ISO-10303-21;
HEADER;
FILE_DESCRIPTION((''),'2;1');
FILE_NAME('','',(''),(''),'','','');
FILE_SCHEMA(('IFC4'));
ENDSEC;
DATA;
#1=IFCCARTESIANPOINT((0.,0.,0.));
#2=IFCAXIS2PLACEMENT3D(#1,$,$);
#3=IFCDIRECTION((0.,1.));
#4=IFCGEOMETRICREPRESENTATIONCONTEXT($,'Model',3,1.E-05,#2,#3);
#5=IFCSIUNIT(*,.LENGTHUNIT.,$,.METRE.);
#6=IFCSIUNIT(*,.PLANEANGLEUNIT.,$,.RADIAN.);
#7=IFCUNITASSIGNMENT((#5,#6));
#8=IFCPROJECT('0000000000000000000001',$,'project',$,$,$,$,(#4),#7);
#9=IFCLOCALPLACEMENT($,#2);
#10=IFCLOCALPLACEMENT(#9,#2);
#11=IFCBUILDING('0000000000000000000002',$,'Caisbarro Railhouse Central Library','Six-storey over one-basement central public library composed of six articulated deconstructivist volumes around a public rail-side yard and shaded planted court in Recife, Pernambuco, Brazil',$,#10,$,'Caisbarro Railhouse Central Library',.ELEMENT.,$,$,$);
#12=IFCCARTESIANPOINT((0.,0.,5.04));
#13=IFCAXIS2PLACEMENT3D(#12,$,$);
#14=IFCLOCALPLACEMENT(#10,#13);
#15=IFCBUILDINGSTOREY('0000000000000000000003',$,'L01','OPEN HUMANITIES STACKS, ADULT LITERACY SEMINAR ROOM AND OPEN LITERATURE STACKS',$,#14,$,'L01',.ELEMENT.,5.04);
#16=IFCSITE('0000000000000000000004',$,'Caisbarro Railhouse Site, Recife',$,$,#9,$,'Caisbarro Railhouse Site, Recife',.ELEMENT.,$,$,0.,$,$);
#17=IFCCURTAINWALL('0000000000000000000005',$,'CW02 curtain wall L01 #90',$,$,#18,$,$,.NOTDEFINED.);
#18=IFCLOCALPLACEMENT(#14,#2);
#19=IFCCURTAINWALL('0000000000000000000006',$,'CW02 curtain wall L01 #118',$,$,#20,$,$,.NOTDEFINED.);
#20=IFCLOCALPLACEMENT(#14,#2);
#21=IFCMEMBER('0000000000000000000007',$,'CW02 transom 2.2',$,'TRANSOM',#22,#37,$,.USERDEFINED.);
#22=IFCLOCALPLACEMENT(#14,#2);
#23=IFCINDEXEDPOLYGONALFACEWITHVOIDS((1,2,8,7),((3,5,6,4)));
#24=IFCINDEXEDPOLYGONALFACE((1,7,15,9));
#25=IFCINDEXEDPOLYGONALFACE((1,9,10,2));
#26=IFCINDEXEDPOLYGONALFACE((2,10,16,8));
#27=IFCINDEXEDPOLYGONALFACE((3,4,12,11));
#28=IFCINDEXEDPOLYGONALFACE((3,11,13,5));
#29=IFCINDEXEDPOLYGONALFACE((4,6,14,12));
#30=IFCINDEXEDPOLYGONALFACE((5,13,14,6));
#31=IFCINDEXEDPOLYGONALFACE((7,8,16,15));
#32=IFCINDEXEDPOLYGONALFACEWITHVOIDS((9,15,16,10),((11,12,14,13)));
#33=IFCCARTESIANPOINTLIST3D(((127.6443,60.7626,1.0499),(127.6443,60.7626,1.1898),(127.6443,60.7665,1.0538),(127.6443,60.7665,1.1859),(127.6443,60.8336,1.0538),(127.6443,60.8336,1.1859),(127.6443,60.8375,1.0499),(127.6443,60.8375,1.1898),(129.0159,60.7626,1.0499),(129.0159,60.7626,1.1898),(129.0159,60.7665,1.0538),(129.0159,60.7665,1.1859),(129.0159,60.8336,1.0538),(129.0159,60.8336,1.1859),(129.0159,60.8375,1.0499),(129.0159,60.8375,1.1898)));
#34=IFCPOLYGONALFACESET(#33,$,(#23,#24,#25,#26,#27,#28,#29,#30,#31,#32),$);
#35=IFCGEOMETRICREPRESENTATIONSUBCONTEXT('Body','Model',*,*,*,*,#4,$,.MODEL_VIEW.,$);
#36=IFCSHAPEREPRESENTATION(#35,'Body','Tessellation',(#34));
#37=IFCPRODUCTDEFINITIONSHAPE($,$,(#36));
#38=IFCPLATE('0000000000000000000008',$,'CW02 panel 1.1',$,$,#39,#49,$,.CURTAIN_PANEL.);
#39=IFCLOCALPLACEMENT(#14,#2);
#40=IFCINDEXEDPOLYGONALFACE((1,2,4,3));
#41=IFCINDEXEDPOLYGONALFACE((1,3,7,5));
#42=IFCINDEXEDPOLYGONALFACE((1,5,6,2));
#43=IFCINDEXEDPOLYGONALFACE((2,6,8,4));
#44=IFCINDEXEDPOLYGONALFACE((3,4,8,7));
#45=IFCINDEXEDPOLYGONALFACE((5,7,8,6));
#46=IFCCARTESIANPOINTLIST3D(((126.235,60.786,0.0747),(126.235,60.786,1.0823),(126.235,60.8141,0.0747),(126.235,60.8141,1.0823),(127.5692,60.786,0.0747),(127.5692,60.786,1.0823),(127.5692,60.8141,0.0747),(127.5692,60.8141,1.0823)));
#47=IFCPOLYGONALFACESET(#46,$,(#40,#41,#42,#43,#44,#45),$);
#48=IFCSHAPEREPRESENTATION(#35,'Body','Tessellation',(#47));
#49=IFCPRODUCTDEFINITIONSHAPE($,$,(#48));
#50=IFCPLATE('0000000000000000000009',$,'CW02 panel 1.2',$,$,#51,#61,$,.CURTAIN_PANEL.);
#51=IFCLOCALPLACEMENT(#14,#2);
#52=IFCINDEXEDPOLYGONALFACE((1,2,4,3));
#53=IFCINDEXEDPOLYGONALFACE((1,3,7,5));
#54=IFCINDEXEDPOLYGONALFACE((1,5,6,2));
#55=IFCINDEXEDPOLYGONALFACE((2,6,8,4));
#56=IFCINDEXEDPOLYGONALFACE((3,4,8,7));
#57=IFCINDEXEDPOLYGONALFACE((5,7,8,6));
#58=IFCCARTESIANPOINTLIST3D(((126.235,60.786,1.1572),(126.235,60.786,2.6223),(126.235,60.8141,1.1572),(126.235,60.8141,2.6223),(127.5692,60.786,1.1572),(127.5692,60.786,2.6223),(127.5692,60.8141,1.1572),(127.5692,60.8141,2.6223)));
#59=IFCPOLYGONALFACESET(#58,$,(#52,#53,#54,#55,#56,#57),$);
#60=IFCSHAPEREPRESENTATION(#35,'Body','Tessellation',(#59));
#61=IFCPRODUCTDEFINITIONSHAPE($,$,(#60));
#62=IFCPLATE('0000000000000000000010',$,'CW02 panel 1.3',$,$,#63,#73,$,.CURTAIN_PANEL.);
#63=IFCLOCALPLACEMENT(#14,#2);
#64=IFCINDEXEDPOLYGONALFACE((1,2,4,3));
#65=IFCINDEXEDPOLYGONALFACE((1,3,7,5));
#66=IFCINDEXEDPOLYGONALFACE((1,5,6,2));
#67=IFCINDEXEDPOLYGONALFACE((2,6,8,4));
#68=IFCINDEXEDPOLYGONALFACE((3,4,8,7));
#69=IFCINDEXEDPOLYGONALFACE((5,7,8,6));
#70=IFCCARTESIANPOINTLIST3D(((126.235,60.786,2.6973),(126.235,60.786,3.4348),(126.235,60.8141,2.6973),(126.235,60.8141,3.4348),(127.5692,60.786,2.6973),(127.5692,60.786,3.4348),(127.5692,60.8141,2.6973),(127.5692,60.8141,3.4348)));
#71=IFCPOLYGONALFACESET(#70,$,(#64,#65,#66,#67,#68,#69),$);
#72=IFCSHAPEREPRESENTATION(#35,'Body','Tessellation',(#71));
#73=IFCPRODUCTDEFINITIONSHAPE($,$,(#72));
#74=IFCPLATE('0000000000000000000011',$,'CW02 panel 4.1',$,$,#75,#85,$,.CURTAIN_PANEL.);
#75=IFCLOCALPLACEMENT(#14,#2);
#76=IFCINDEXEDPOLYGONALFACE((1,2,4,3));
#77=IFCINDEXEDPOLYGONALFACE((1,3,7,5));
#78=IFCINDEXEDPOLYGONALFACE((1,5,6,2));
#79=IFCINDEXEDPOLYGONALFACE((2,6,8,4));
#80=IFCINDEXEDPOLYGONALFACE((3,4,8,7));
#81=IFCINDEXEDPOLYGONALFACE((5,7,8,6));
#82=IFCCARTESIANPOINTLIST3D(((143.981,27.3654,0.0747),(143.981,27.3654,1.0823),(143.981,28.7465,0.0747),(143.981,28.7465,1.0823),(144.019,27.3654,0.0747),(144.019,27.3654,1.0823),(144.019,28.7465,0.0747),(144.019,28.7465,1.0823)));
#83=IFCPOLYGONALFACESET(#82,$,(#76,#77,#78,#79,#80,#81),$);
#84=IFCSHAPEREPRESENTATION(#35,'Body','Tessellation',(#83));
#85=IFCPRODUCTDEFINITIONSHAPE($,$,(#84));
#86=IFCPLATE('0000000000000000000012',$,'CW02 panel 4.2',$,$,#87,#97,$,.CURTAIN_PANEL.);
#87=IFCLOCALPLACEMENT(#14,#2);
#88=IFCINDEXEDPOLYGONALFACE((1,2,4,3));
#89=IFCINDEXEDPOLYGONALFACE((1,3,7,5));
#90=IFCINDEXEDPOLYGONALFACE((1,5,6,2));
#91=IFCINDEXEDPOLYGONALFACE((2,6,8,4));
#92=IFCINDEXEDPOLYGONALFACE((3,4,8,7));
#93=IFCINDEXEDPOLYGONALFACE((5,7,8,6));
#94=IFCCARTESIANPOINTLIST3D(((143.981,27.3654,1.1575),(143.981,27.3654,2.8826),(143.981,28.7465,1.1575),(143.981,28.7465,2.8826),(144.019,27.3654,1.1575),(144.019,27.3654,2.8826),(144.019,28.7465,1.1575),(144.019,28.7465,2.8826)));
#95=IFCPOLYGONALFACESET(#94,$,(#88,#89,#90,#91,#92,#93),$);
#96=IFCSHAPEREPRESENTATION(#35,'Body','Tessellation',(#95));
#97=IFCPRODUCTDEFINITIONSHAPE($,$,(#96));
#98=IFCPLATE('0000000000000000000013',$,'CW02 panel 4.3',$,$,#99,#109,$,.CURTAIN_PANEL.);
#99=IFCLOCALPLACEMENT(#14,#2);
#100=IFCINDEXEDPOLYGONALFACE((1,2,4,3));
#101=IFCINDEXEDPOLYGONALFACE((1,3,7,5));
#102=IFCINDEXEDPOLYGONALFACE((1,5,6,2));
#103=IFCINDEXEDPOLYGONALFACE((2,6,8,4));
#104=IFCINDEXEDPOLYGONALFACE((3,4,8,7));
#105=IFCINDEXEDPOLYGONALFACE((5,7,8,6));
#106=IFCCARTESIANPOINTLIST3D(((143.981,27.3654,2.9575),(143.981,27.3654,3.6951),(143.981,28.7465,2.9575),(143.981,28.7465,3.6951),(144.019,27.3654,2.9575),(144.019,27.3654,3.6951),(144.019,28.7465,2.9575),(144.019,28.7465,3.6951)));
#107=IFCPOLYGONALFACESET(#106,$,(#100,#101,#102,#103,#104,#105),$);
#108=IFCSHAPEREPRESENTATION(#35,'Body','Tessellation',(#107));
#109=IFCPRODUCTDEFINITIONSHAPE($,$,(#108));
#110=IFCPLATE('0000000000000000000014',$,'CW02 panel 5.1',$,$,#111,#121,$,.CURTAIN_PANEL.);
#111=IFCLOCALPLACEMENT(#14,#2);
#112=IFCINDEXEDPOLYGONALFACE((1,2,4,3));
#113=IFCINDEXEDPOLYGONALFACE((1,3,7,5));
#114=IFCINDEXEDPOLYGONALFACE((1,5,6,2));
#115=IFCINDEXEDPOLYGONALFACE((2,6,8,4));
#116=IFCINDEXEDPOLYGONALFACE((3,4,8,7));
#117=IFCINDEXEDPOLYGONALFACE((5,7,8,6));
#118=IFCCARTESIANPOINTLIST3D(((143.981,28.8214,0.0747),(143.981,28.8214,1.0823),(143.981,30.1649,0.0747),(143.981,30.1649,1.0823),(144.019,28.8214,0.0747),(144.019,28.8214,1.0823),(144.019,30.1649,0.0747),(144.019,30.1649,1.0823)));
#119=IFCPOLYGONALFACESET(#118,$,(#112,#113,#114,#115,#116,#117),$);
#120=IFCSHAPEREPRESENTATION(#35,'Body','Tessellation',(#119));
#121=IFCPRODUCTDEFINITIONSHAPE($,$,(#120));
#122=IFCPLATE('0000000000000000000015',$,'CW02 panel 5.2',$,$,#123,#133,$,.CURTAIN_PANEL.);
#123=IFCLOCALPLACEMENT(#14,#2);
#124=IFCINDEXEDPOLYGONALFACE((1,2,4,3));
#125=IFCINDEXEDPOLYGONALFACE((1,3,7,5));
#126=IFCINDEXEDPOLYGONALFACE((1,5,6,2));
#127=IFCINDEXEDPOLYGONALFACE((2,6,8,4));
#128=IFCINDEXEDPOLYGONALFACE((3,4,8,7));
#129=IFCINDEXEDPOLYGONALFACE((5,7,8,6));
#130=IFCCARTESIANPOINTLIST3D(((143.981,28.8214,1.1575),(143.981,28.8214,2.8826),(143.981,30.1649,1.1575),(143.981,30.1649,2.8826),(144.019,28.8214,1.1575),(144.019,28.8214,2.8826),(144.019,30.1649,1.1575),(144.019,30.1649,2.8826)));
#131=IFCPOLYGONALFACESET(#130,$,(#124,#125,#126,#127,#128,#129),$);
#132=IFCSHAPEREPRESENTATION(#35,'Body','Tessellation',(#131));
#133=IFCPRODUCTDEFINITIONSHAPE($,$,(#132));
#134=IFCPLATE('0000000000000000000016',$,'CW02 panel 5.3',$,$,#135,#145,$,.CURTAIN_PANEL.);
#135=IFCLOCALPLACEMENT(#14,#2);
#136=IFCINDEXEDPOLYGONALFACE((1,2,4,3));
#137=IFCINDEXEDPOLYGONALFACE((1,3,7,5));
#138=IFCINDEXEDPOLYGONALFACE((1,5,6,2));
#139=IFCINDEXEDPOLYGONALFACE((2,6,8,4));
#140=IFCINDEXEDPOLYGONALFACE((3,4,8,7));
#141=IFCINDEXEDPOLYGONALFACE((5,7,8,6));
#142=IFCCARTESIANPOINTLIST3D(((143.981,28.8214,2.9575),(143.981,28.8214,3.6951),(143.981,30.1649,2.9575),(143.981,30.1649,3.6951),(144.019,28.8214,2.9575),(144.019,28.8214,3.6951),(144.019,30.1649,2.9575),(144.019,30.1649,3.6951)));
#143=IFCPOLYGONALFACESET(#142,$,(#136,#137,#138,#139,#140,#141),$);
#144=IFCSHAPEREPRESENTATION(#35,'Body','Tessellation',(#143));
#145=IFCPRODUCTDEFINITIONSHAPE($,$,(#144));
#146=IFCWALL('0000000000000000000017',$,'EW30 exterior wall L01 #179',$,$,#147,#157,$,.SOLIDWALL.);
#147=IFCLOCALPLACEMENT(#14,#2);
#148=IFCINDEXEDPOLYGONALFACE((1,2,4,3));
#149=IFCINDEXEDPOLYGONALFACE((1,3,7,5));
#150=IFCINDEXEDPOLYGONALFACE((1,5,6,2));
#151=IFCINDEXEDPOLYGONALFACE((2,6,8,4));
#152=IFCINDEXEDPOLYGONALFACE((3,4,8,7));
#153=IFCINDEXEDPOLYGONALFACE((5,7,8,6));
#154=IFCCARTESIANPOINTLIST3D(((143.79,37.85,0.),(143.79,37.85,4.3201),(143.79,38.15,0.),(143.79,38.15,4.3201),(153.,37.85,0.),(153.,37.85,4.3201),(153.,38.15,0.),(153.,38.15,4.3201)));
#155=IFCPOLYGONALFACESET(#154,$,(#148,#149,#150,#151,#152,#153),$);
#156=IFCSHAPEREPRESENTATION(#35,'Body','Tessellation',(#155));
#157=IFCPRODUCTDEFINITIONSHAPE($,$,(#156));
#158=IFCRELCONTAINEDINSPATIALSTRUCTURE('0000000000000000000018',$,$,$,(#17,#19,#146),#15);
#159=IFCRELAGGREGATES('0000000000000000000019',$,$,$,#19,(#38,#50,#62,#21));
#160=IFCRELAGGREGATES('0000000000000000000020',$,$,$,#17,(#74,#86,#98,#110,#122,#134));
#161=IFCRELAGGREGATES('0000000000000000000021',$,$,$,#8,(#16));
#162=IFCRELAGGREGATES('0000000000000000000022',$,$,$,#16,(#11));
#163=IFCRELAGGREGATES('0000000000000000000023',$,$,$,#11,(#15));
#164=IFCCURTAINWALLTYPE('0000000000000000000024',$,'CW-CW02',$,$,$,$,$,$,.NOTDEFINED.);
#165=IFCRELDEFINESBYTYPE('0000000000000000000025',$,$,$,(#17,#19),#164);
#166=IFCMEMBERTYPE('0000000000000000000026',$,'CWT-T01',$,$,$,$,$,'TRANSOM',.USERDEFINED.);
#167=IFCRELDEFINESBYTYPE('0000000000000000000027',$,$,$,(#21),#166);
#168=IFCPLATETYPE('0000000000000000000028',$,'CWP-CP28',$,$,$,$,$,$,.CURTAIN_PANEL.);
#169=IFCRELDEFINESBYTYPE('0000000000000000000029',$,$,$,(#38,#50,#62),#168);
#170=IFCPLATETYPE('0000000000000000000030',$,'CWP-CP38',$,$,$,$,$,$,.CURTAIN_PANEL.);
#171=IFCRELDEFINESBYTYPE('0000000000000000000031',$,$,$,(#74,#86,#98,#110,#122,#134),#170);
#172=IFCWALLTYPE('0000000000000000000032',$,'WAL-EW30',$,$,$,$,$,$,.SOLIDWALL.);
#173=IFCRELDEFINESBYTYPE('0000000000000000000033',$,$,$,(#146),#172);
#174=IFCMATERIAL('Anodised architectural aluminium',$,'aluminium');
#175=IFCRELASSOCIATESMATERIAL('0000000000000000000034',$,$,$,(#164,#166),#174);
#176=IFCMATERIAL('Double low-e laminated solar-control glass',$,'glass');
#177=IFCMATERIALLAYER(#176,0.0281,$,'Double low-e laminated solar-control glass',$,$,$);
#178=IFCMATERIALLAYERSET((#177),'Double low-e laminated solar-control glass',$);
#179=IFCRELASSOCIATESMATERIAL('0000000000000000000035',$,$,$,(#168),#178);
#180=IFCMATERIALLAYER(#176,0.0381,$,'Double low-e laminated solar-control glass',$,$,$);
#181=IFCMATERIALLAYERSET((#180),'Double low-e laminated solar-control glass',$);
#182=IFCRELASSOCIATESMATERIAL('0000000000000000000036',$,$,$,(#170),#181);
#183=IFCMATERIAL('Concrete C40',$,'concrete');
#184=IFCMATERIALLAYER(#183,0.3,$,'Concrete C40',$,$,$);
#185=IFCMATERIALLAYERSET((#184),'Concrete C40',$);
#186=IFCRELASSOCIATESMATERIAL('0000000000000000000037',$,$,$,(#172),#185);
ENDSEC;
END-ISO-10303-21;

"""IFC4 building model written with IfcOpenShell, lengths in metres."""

from ifc_helpers import new_model, si_unit, direction, frame, frame_2d, origin, origin_2d, place, context, subcontext, project, spatial, rectangle, hollow_rectangle, extrude, material, layer, layer_set, material_profile, profile_set, type_object, element, aggregate, save


model = new_model("IFC4")

# Units and contexts
model_context = context("Model", 3, precision=1e-05, world=origin(), true_north=direction((0.0, 1.0)))
body_context = subcontext(model_context, "Body", "Model", "MODEL_VIEW")
ifc_project = project(units=[si_unit("LENGTHUNIT", "METRE"), si_unit("PLANEANGLEUNIT", "RADIAN")], contexts=[model_context])

# Site, building, storey
site_placement = place(None, origin())
site = spatial("IfcSite", under=ifc_project, at=site_placement, Name="Caisbarro Railhouse Site, Recife", LongName="Caisbarro Railhouse Site, Recife", CompositionType="ELEMENT", RefElevation=0.0)
building_placement = place(site_placement, origin())
building = spatial("IfcBuilding", under=site, at=building_placement, Name="Caisbarro Railhouse Central Library", Description="Six-storey over one-basement central public library composed of six articulated deconstructivist volumes around a public rail-side yard and shaded planted court in Recife, Pernambuco, Brazil", LongName="Caisbarro Railhouse Central Library", CompositionType="ELEMENT")
storey_placement = place(building_placement, frame((0.0, 0.0, 5.04)))
storey = spatial("IfcBuildingStorey", under=building, at=storey_placement, Name="L01", Description="OPEN HUMANITIES STACKS, ADULT LITERACY SEMINAR ROOM AND OPEN LITERATURE STACKS", LongName="L01", CompositionType="ELEMENT", Elevation=5.04)

# Curtain wall
ifc_material_1 = material(Name="Anodised architectural aluminium", Category="aluminium")
curtain_wall_type = type_object("IfcCurtainWallType", Name="CW-CW02", PredefinedType="NOTDEFINED", material=ifc_material_1)
curtain_wall_1_placement = place(storey_placement, origin())
curtain_wall_1 = element("IfcCurtainWall", 1, at=curtain_wall_1_placement, inside=storey, type_object=curtain_wall_type, Name="CW02 curtain wall L01 #90", PredefinedType="NOTDEFINED")

# Curtain wall
curtain_wall_2_placement = place(storey_placement, origin())
curtain_wall_2 = element("IfcCurtainWall", 2, at=curtain_wall_2_placement, inside=storey, type_object=curtain_wall_type, Name="CW02 curtain wall L01 #118", PredefinedType="NOTDEFINED")

# Member
ifc_material_profile_1 = material_profile(ifc_material_1, hollow_rectangle(XDim=0.075, YDim=0.1399, WallThickness=0.0039, at=origin_2d()), Name="ALU-TRN-75X140")
ifc_profile_set_1 = profile_set([ifc_material_profile_1], Name="Anodised architectural aluminium")
member_type_1 = type_object("IfcMemberType", Name="CWT-T01", ElementType="TRANSOM", PredefinedType="USERDEFINED", material=ifc_profile_set_1)
member_1_placement = place(storey_placement, frame((127.6443, 60.8, 1.1199), z_axis=(1.0, 0.0, 0.0), x_axis=(0.0, 1.0, 0.0)))
member_1 = element("IfcMember", 3, at=member_1_placement, type_object=member_type_1, Name="CW02 transom 2.2", ObjectType="TRANSOM", PredefinedType="USERDEFINED", context=body_context, shape_type="SweptSolid", body=[
    extrude(hollow_rectangle(XDim=0.075, YDim=0.1399, WallThickness=0.0039, at=origin_2d()), origin(), (0.0, 0.0, 1.0), 1.3716),
])

# Plates
ifc_material_2 = material(Name="Double low-e laminated solar-control glass", Category="glass")
ifc_layer_1 = layer(ifc_material_2, 0.0281, Name="Double low-e laminated solar-control glass")
ifc_layer_set_1 = layer_set([ifc_layer_1], Name="Double low-e laminated solar-control glass")
plate_type_1 = type_object("IfcPlateType", Name="CWP-CP28", PredefinedType="CURTAIN_PANEL", material=ifc_layer_set_1)
plate_1_placement = place(storey_placement, frame((126.9021, 60.8, 0.0747), z_axis=(0.0, 0.0, 1.0), x_axis=(1.0, 0.0, 0.0)))
plate_1 = element("IfcPlate", 4, at=plate_1_placement, type_object=plate_type_1, Name="CW02 panel 1.1", PredefinedType="CURTAIN_PANEL", context=body_context, shape_type="SweptSolid", body=[
    extrude(rectangle(XDim=1.3342, YDim=0.0281, at=origin_2d()), origin(), (0.0, 0.0, 1.0), 1.0076),
])
plate_2_placement = place(storey_placement, frame((126.9021, 60.8, 1.1572), z_axis=(0.0, 0.0, 1.0), x_axis=(1.0, 0.0, 0.0)))
plate_2 = element("IfcPlate", 5, at=plate_2_placement, type_object=plate_type_1, Name="CW02 panel 1.2", PredefinedType="CURTAIN_PANEL", context=body_context, shape_type="SweptSolid", body=[
    extrude(rectangle(XDim=1.3342, YDim=0.0281, at=origin_2d()), origin(), (0.0, 0.0, 1.0), 1.4651),
])
plate_3_placement = place(storey_placement, frame((126.9021, 60.8, 2.6973), z_axis=(0.0, 0.0, 1.0), x_axis=(1.0, 0.0, 0.0)))
plate_3 = element("IfcPlate", 6, at=plate_3_placement, type_object=plate_type_1, Name="CW02 panel 1.3", PredefinedType="CURTAIN_PANEL", context=body_context, shape_type="SweptSolid", body=[
    extrude(rectangle(XDim=1.3342, YDim=0.0281, at=origin_2d()), origin(), (0.0, 0.0, 1.0), 0.7375),
])
aggregate(curtain_wall_2, [plate_1, plate_2, plate_3, member_1])
ifc_layer_2 = layer(ifc_material_2, 0.0381, Name="Double low-e laminated solar-control glass")
ifc_layer_set_2 = layer_set([ifc_layer_2], Name="Double low-e laminated solar-control glass")
plate_type_2 = type_object("IfcPlateType", Name="CWP-CP38", PredefinedType="CURTAIN_PANEL", material=ifc_layer_set_2)
plate_4_placement = place(storey_placement, frame((144.0, 28.0559, 0.0747), z_axis=(0.0, 0.0, 1.0), x_axis=(0.0, 1.0, 0.0)))
plate_4 = element("IfcPlate", 7, at=plate_4_placement, type_object=plate_type_2, Name="CW02 panel 4.1", PredefinedType="CURTAIN_PANEL", context=body_context, shape_type="SweptSolid", body=[
    extrude(rectangle(XDim=1.3811, YDim=0.0381, at=origin_2d()), origin(), (0.0, 0.0, 1.0), 1.0076),
])
plate_5_placement = place(storey_placement, frame((144.0, 28.0559, 1.1575), z_axis=(0.0, 0.0, 1.0), x_axis=(0.0, 1.0, 0.0)))
plate_5 = element("IfcPlate", 8, at=plate_5_placement, type_object=plate_type_2, Name="CW02 panel 4.2", PredefinedType="CURTAIN_PANEL", context=body_context, shape_type="SweptSolid", body=[
    extrude(rectangle(XDim=1.3811, YDim=0.0381, at=origin_2d()), origin(), (0.0, 0.0, 1.0), 1.7251),
])
plate_6_placement = place(storey_placement, frame((144.0, 28.0559, 2.9575), z_axis=(0.0, 0.0, 1.0), x_axis=(0.0, 1.0, 0.0)))
plate_6 = element("IfcPlate", 9, at=plate_6_placement, type_object=plate_type_2, Name="CW02 panel 4.3", PredefinedType="CURTAIN_PANEL", context=body_context, shape_type="SweptSolid", body=[
    extrude(rectangle(XDim=1.3811, YDim=0.0381, at=origin_2d()), origin(), (0.0, 0.0, 1.0), 0.7375),
])
plate_7_placement = place(storey_placement, frame((144.0, 29.4932, 0.0747), z_axis=(0.0, 0.0, 1.0), x_axis=(0.0, 1.0, 0.0)))
plate_7 = element("IfcPlate", 10, at=plate_7_placement, type_object=plate_type_2, Name="CW02 panel 5.1", PredefinedType="CURTAIN_PANEL", context=body_context, shape_type="SweptSolid", body=[
    extrude(rectangle(XDim=1.3435, YDim=0.0381, at=origin_2d()), origin(), (0.0, 0.0, 1.0), 1.0076),
])
plate_8_placement = place(storey_placement, frame((144.0, 29.4932, 1.1575), z_axis=(0.0, 0.0, 1.0), x_axis=(0.0, 1.0, 0.0)))
plate_8 = element("IfcPlate", 11, at=plate_8_placement, type_object=plate_type_2, Name="CW02 panel 5.2", PredefinedType="CURTAIN_PANEL", context=body_context, shape_type="SweptSolid", body=[
    extrude(rectangle(XDim=1.3435, YDim=0.0381, at=origin_2d()), origin(), (0.0, 0.0, 1.0), 1.7251),
])
plate_9_placement = place(storey_placement, frame((144.0, 29.4932, 2.9575), z_axis=(0.0, 0.0, 1.0), x_axis=(0.0, 1.0, 0.0)))
plate_9 = element("IfcPlate", 12, at=plate_9_placement, type_object=plate_type_2, Name="CW02 panel 5.3", PredefinedType="CURTAIN_PANEL", context=body_context, shape_type="SweptSolid", body=[
    extrude(rectangle(XDim=1.3435, YDim=0.0381, at=origin_2d()), origin(), (0.0, 0.0, 1.0), 0.7375),
])
aggregate(curtain_wall_1, [plate_4, plate_5, plate_6, plate_7, plate_8, plate_9])

# Wall
ifc_material_3 = material(Name="Concrete C40", Category="concrete")
ifc_layer_3 = layer(ifc_material_3, 0.3, Name="Concrete C40")
ifc_layer_set_3 = layer_set([ifc_layer_3], Name="Concrete C40")
wall_type = type_object("IfcWallType", Name="WAL-EW30", PredefinedType="SOLIDWALL", material=ifc_layer_set_3)
wall_placement = place(storey_placement, frame((143.79, 38.0, 0.0), z_axis=(0.0, 0.0, 1.0), x_axis=(1.0, 0.0, 0.0)))
element("IfcWall", 13, at=wall_placement, inside=storey, type_object=wall_type, Name="EW30 exterior wall L01 #179", PredefinedType="SOLIDWALL", context=body_context, shape_type="SweptSolid", body=[
    extrude(rectangle(XDim=9.21, YDim=0.3, at=frame_2d((4.605, 0.0))), origin(), (0.0, 0.0, 1.0), 4.3201),
])

save(model, "model.ifc")
